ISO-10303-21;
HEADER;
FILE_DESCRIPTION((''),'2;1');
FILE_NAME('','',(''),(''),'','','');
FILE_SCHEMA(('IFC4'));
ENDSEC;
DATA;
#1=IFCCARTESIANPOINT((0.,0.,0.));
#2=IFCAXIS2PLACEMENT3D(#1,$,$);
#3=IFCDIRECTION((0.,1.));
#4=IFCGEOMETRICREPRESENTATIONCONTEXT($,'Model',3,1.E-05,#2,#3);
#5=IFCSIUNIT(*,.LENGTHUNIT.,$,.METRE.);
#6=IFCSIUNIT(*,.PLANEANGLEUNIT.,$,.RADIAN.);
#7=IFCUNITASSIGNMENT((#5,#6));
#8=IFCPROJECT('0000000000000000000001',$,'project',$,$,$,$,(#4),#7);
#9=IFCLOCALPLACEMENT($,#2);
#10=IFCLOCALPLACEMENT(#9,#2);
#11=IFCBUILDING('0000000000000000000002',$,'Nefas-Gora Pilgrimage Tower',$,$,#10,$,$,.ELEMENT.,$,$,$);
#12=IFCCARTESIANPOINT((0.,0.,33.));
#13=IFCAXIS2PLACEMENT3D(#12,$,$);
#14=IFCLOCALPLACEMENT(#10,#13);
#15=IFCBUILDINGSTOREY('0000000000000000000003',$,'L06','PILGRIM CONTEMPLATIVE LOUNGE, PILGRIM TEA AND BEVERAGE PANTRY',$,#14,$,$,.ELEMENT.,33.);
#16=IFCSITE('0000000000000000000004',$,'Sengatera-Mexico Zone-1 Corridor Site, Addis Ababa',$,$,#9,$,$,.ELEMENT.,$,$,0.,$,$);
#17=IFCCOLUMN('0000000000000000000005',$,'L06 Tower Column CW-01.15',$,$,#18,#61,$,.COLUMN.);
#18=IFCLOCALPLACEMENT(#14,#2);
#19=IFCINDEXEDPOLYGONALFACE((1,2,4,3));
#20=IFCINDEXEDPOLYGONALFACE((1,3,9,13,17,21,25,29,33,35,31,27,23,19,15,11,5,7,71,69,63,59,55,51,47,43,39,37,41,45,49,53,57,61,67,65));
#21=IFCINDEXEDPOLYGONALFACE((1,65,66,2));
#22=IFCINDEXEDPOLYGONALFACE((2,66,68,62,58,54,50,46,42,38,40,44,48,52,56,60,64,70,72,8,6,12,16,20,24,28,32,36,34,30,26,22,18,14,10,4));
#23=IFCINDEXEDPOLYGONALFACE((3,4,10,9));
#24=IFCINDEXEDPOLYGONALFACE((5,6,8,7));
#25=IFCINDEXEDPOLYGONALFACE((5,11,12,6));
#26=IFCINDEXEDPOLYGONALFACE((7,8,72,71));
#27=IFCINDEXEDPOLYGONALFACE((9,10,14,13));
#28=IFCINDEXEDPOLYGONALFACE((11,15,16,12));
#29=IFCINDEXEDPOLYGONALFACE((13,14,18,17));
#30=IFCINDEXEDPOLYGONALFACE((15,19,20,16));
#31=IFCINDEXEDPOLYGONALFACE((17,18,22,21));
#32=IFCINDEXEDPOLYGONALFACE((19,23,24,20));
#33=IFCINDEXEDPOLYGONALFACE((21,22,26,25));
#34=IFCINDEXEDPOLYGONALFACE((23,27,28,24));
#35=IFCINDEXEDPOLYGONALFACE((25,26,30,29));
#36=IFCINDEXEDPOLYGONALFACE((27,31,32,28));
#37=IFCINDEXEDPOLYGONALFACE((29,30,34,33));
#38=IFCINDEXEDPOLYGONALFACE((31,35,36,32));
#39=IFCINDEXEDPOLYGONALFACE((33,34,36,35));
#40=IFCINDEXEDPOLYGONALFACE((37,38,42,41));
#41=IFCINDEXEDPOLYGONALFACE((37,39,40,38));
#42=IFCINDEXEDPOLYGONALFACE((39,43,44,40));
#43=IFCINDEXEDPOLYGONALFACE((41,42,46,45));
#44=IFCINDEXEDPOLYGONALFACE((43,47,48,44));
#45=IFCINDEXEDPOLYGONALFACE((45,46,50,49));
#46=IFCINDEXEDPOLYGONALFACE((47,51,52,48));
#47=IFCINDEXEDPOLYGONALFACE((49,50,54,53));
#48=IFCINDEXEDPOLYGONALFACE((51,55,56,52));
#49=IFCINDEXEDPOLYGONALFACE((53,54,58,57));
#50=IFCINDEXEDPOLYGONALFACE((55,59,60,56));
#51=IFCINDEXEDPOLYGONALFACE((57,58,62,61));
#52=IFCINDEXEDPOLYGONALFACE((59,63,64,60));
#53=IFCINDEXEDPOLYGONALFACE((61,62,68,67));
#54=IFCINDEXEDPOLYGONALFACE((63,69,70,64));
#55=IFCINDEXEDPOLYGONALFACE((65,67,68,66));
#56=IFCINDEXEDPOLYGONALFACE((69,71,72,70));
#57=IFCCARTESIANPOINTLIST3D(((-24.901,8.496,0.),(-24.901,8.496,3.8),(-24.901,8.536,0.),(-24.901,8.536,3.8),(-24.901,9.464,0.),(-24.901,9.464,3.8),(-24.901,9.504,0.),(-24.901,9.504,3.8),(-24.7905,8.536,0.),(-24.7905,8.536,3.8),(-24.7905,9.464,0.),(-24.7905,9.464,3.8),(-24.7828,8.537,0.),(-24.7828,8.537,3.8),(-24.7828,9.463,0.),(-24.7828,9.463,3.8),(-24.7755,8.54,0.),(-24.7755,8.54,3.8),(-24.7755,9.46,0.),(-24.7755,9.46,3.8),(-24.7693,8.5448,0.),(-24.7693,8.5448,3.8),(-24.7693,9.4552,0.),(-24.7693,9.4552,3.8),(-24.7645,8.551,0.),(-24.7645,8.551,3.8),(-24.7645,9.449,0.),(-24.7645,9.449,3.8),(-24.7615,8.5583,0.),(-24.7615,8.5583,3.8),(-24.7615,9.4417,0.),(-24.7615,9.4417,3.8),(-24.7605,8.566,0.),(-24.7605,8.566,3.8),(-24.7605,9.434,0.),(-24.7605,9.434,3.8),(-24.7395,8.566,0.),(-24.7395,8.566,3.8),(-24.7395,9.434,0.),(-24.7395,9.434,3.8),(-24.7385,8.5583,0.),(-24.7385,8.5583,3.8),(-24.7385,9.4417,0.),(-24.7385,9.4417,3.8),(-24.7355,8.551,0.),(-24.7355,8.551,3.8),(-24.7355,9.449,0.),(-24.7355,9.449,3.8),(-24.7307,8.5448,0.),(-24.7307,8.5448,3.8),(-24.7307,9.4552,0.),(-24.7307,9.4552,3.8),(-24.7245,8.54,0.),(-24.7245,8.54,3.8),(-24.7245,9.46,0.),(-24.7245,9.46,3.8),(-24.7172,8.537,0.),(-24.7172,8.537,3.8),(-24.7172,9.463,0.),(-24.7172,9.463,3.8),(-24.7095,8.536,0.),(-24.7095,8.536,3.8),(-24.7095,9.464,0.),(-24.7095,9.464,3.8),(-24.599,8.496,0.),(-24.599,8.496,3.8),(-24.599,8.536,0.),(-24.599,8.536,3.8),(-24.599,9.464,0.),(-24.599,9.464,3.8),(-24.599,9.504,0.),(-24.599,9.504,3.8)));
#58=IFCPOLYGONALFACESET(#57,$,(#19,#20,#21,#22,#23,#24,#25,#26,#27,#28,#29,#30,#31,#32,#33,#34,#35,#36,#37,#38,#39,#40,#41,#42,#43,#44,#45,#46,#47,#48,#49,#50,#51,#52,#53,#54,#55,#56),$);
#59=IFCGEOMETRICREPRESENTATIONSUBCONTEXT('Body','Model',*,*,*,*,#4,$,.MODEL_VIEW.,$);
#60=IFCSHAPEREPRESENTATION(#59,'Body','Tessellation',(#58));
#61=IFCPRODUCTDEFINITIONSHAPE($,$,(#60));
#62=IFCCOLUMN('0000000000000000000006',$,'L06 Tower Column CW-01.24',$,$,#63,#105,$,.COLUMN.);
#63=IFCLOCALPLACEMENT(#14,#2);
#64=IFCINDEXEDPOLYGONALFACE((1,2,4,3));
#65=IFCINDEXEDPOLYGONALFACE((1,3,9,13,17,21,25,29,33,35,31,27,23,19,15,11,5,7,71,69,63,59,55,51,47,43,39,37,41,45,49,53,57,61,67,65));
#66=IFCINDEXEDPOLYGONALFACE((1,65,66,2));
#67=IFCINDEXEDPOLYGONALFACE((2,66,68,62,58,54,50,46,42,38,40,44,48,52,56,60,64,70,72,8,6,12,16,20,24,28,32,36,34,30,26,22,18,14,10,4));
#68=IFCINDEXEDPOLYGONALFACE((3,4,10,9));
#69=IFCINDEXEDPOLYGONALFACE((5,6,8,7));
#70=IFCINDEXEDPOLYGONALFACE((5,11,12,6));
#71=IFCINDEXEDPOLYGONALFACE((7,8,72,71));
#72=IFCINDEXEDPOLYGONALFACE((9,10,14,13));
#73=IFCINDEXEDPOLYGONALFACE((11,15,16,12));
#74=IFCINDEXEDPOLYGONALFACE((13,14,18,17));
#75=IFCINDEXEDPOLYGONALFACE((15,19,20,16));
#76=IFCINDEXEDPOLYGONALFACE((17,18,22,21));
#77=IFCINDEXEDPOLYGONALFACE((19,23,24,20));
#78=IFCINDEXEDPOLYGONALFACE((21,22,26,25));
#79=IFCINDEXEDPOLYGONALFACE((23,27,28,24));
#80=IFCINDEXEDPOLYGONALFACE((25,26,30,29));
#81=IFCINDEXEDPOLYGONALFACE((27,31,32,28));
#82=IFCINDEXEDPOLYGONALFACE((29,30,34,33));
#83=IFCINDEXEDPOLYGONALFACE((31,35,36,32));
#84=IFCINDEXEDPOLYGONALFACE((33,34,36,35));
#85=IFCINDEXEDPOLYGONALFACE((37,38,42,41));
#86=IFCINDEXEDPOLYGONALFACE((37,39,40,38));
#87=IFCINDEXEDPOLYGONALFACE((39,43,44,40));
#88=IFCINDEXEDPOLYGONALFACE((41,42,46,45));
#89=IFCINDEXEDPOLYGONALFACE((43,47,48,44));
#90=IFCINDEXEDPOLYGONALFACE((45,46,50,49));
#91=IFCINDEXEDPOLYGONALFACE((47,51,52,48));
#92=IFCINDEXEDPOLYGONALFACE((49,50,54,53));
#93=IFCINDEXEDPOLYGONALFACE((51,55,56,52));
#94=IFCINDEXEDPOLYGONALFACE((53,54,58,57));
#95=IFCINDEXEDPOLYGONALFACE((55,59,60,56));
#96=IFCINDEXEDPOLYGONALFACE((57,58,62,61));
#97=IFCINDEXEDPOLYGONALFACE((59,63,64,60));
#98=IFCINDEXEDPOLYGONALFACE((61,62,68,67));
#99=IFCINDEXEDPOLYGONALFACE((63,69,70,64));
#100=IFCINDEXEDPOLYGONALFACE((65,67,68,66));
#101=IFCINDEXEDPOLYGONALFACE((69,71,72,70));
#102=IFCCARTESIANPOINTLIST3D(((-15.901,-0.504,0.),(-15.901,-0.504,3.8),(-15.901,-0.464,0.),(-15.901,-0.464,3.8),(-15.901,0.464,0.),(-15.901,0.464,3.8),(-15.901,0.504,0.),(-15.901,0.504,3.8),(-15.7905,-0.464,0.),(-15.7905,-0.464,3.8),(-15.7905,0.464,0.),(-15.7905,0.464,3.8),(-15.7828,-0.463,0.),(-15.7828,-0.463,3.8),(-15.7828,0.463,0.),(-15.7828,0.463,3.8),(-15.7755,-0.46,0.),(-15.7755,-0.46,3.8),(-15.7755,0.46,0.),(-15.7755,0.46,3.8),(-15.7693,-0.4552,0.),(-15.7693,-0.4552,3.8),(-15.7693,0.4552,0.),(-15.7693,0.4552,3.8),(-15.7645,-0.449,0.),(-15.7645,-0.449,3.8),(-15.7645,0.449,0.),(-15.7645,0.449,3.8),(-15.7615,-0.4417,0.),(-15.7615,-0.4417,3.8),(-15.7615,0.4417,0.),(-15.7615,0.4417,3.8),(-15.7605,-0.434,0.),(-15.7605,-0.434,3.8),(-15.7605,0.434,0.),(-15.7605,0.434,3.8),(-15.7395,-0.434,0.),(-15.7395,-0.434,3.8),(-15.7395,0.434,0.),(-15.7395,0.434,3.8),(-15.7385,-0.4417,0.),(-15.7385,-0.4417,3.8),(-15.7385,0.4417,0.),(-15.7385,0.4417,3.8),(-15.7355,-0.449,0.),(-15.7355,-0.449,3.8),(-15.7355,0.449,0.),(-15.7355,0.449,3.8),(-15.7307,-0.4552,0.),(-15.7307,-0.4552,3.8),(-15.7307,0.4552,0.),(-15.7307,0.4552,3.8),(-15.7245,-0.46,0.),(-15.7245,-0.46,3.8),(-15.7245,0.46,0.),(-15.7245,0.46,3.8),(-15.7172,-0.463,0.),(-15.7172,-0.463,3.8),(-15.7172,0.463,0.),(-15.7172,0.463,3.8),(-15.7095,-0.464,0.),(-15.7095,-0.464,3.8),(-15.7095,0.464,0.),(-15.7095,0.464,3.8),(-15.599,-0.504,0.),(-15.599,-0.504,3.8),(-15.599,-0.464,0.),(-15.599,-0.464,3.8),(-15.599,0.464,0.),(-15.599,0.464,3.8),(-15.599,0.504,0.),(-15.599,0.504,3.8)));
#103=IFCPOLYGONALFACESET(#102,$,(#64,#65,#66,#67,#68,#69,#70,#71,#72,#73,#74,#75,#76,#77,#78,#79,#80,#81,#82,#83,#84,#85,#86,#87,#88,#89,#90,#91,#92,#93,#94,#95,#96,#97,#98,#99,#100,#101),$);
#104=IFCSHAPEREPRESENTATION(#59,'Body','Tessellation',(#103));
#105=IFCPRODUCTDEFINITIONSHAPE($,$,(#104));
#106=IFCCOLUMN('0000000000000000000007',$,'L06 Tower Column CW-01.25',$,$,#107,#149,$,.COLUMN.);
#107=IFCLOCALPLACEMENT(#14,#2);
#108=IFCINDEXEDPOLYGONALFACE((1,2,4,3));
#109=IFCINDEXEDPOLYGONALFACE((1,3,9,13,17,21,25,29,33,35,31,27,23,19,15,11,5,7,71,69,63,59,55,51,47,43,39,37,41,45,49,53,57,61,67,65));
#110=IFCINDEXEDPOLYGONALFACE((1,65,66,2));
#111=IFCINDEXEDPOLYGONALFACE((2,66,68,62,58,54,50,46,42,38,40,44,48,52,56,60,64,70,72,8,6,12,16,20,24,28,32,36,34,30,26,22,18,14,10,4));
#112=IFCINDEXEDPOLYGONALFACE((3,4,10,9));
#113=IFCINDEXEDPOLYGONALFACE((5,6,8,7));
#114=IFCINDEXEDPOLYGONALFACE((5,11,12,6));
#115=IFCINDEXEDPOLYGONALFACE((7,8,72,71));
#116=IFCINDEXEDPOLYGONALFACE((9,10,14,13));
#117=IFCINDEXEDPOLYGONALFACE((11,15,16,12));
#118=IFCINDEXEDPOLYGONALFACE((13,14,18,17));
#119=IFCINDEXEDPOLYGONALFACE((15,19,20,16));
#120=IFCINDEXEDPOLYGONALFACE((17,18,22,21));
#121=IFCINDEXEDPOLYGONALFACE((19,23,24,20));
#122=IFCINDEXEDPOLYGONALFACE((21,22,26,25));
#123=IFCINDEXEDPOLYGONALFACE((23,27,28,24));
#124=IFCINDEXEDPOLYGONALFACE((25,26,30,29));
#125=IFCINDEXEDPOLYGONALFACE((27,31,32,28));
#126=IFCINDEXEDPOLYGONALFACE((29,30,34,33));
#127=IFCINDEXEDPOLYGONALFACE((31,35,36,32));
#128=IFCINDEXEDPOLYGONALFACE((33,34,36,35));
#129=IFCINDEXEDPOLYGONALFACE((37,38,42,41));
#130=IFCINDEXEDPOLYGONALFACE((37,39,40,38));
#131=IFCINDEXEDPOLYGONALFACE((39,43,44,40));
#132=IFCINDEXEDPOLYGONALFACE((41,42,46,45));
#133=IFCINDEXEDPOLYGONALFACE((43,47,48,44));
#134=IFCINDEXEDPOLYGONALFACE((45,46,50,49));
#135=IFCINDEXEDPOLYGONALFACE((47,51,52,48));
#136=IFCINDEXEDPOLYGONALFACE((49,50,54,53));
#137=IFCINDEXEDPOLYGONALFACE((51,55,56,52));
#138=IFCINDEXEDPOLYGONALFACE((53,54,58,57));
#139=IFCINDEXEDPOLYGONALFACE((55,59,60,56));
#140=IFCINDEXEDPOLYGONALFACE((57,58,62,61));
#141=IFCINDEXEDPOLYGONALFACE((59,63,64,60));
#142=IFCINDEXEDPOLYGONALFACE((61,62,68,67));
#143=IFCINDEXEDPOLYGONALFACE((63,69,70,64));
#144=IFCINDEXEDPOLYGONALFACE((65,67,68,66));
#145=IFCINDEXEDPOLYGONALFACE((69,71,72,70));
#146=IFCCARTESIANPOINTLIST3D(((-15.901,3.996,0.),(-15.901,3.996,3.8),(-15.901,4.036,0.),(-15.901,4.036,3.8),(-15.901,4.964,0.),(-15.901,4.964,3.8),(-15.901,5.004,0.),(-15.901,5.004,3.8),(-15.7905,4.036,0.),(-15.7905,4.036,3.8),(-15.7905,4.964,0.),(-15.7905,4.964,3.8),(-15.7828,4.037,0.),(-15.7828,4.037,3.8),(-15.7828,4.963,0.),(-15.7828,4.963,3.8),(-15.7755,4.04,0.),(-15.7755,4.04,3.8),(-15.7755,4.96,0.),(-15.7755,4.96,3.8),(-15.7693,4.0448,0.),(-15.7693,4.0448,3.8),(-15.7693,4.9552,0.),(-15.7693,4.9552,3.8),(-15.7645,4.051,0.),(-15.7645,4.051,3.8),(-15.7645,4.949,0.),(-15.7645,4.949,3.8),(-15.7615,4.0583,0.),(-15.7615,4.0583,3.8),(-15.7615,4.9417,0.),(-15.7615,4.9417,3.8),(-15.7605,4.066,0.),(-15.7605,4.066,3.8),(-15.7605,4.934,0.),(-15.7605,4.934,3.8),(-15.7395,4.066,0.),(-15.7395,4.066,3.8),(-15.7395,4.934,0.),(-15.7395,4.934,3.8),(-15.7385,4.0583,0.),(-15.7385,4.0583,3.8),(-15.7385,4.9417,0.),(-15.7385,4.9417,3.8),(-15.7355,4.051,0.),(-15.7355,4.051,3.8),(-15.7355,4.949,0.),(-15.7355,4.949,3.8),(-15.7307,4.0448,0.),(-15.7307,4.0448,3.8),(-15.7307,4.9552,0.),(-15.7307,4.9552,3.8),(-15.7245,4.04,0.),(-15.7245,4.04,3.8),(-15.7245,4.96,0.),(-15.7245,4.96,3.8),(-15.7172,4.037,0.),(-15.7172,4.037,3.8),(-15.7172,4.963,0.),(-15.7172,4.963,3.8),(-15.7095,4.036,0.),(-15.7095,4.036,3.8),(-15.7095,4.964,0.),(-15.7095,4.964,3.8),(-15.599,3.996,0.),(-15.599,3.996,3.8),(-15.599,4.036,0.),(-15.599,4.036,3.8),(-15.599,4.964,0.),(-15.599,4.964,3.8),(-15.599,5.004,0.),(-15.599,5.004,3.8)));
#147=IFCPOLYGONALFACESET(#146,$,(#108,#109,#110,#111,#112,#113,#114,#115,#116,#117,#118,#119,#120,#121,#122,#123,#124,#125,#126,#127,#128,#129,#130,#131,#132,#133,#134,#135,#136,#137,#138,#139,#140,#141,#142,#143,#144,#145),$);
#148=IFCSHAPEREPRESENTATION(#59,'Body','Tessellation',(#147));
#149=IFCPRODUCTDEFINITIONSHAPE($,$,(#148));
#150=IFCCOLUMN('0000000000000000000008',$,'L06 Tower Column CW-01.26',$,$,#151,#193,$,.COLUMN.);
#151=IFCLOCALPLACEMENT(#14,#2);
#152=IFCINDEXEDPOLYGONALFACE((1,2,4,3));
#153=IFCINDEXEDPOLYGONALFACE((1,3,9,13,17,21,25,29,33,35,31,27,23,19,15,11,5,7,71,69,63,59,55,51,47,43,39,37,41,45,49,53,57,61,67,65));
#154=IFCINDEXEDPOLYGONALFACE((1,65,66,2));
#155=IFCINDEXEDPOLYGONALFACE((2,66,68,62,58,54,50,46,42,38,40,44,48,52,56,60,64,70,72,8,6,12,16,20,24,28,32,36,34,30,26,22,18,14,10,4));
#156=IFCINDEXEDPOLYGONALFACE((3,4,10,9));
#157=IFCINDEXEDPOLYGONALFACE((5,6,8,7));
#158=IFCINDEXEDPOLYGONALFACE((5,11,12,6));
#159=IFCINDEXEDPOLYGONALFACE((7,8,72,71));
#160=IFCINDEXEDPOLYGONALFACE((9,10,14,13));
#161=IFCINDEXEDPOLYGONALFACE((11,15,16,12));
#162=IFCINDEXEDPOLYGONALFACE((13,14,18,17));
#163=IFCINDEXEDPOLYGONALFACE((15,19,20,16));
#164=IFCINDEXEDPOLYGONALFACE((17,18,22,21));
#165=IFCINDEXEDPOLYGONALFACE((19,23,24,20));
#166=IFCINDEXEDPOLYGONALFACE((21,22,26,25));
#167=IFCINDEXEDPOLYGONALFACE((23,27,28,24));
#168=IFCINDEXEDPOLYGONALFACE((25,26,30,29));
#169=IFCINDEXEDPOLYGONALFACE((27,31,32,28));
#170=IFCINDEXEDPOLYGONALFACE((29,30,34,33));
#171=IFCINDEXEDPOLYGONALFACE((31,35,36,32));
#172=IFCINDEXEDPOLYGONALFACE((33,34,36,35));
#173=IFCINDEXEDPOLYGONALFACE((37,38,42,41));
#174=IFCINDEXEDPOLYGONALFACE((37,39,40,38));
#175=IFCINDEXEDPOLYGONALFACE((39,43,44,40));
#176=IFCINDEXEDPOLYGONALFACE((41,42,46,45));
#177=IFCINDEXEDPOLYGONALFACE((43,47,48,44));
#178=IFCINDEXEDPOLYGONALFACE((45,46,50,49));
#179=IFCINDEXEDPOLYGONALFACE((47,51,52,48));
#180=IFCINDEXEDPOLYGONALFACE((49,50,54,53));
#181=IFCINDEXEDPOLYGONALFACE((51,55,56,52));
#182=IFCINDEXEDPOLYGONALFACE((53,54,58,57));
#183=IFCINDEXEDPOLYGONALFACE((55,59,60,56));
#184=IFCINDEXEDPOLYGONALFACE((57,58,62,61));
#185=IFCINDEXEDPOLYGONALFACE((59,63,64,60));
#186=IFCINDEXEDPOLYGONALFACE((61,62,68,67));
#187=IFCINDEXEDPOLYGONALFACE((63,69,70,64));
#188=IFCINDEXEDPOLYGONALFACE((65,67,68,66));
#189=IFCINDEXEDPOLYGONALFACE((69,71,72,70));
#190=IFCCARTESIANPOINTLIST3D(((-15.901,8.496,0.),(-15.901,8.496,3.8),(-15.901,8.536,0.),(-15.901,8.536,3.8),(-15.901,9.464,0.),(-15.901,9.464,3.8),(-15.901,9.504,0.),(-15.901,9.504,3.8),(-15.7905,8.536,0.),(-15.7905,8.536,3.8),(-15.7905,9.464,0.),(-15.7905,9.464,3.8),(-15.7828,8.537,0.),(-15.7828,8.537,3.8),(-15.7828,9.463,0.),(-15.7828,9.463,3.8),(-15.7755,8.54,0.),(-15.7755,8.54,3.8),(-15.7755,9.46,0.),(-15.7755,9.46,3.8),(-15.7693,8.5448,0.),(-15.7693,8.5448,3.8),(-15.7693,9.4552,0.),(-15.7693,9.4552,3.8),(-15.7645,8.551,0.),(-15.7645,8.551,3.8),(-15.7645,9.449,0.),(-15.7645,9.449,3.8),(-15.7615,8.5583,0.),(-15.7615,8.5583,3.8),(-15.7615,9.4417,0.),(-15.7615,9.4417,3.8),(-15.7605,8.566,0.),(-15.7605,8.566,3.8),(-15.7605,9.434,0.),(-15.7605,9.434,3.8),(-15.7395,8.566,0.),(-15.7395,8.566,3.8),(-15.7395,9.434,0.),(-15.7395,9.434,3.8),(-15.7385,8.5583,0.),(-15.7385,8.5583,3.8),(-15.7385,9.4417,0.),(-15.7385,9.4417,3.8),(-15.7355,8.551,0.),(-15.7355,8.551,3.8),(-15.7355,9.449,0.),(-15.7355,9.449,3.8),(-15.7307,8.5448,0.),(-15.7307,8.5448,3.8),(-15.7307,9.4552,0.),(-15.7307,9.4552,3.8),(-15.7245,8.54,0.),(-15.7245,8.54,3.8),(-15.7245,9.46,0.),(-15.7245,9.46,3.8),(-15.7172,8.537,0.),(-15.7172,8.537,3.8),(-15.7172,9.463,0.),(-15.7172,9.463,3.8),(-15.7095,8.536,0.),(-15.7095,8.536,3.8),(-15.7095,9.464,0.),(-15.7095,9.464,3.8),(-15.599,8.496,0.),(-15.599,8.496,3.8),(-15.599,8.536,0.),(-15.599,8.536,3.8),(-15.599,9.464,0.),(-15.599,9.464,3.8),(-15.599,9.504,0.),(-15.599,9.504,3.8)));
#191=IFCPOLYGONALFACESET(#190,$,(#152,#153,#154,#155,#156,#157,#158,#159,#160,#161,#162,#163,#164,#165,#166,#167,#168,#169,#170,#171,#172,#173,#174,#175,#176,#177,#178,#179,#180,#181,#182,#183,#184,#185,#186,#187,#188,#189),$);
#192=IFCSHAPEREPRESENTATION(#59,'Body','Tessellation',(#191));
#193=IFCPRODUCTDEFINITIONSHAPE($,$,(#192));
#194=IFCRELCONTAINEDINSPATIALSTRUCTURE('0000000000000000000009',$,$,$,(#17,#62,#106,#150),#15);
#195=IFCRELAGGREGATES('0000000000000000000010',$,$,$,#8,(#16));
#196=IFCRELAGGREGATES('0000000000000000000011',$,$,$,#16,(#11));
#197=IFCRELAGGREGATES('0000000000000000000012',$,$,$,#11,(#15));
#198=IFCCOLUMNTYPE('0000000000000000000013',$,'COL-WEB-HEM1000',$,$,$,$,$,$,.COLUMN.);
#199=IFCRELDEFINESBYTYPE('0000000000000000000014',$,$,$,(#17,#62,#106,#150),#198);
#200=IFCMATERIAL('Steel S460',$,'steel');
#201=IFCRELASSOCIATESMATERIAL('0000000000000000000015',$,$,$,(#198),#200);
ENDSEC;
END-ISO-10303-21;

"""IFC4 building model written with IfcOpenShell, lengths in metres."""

from ifc_helpers import new_model, si_unit, direction, frame, origin, origin_2d, place, context, subcontext, project, spatial, i_section, extrude, source, transform, mapped, material, material_profile, profile_set, type_object, element, save


model = new_model("IFC4")

# Units and contexts
model_context = context("Model", 3, precision=1e-05, world=origin(), true_north=direction((0.0, 1.0)))
body_context = subcontext(model_context, "Body", "Model", "MODEL_VIEW")
ifc_project = project(units=[si_unit("LENGTHUNIT", "METRE"), si_unit("PLANEANGLEUNIT", "RADIAN")], contexts=[model_context])

# Site, building, storey
site_placement = place(None, origin())
site = spatial("IfcSite", under=ifc_project, at=site_placement, Name="Sengatera-Mexico Zone-1 Corridor Site, Addis Ababa", CompositionType="ELEMENT", RefElevation=0.0)
building_placement = place(site_placement, origin())
building = spatial("IfcBuilding", under=site, at=building_placement, Name="Nefas-Gora Pilgrimage Tower", CompositionType="ELEMENT")
storey_placement = place(building_placement, frame((0.0, 0.0, 33.0)))
storey = spatial("IfcBuildingStorey", under=building, at=storey_placement, Name="L06", Description="PILGRIM CONTEMPLATIVE LOUNGE, PILGRIM TEA AND BEVERAGE PANTRY", CompositionType="ELEMENT", Elevation=33.0)

# Columns
ifc_material_1 = material(Name="Steel S460", Category="steel")
ifc_material_profile_1 = material_profile(ifc_material_1, i_section(OverallWidth=0.302, OverallDepth=1.0081, WebThickness=0.021, FlangeThickness=0.04, FilletRadius=0.03, at=origin_2d()), Name="HEM 1000")
ifc_profile_set_1 = profile_set([ifc_material_profile_1], Name="Steel S460")
column_type_1 = type_object("IfcColumnType", Name="COL-WEB-HEM1000", PredefinedType="COLUMN", material=ifc_profile_set_1)
shared_shape_1 = source(origin(), body_context, "Body", "SweptSolid", [
    extrude(i_section(OverallWidth=0.302, OverallDepth=1.0081, WebThickness=0.021, FlangeThickness=0.04, FilletRadius=0.03, at=origin_2d()), origin(), (0.0, 0.0, 1.0), 3.8),
])
for number, where, z_axis, x_axis, name in (
    (1, (-24.75, 9.0, 0.0), (0.0, 0.0, 1.0), (1.0, 0.0, 0.0), "L06 Tower Column CW-01.15"),
    (2, (-15.75, 0.0, 0.0), (0.0, 0.0, 1.0), (1.0, 0.0, 0.0), "L06 Tower Column CW-01.24"),
    (3, (-15.75, 4.5, 0.0), (0.0, 0.0, 1.0), (1.0, 0.0, 0.0), "L06 Tower Column CW-01.25"),
    (4, (-15.75, 9.0, 0.0), (0.0, 0.0, 1.0), (1.0, 0.0, 0.0), "L06 Tower Column CW-01.26"),
):
    element("IfcColumn", number, at=place(storey_placement, frame(where, z_axis=z_axis, x_axis=x_axis)), inside=storey, type_object=column_type_1, Name=name, PredefinedType="COLUMN", context=body_context, shape_type="MappedRepresentation", body=[
        mapped(shared_shape_1, transform((0.0, 0.0, 0.0), x_axis=(1.0, 0.0, 0.0), y_axis=(0.0, 1.0, 0.0), z_axis=(0.0, 0.0, 1.0), scale=1.0)),
    ])

save(model, "model.ifc")
